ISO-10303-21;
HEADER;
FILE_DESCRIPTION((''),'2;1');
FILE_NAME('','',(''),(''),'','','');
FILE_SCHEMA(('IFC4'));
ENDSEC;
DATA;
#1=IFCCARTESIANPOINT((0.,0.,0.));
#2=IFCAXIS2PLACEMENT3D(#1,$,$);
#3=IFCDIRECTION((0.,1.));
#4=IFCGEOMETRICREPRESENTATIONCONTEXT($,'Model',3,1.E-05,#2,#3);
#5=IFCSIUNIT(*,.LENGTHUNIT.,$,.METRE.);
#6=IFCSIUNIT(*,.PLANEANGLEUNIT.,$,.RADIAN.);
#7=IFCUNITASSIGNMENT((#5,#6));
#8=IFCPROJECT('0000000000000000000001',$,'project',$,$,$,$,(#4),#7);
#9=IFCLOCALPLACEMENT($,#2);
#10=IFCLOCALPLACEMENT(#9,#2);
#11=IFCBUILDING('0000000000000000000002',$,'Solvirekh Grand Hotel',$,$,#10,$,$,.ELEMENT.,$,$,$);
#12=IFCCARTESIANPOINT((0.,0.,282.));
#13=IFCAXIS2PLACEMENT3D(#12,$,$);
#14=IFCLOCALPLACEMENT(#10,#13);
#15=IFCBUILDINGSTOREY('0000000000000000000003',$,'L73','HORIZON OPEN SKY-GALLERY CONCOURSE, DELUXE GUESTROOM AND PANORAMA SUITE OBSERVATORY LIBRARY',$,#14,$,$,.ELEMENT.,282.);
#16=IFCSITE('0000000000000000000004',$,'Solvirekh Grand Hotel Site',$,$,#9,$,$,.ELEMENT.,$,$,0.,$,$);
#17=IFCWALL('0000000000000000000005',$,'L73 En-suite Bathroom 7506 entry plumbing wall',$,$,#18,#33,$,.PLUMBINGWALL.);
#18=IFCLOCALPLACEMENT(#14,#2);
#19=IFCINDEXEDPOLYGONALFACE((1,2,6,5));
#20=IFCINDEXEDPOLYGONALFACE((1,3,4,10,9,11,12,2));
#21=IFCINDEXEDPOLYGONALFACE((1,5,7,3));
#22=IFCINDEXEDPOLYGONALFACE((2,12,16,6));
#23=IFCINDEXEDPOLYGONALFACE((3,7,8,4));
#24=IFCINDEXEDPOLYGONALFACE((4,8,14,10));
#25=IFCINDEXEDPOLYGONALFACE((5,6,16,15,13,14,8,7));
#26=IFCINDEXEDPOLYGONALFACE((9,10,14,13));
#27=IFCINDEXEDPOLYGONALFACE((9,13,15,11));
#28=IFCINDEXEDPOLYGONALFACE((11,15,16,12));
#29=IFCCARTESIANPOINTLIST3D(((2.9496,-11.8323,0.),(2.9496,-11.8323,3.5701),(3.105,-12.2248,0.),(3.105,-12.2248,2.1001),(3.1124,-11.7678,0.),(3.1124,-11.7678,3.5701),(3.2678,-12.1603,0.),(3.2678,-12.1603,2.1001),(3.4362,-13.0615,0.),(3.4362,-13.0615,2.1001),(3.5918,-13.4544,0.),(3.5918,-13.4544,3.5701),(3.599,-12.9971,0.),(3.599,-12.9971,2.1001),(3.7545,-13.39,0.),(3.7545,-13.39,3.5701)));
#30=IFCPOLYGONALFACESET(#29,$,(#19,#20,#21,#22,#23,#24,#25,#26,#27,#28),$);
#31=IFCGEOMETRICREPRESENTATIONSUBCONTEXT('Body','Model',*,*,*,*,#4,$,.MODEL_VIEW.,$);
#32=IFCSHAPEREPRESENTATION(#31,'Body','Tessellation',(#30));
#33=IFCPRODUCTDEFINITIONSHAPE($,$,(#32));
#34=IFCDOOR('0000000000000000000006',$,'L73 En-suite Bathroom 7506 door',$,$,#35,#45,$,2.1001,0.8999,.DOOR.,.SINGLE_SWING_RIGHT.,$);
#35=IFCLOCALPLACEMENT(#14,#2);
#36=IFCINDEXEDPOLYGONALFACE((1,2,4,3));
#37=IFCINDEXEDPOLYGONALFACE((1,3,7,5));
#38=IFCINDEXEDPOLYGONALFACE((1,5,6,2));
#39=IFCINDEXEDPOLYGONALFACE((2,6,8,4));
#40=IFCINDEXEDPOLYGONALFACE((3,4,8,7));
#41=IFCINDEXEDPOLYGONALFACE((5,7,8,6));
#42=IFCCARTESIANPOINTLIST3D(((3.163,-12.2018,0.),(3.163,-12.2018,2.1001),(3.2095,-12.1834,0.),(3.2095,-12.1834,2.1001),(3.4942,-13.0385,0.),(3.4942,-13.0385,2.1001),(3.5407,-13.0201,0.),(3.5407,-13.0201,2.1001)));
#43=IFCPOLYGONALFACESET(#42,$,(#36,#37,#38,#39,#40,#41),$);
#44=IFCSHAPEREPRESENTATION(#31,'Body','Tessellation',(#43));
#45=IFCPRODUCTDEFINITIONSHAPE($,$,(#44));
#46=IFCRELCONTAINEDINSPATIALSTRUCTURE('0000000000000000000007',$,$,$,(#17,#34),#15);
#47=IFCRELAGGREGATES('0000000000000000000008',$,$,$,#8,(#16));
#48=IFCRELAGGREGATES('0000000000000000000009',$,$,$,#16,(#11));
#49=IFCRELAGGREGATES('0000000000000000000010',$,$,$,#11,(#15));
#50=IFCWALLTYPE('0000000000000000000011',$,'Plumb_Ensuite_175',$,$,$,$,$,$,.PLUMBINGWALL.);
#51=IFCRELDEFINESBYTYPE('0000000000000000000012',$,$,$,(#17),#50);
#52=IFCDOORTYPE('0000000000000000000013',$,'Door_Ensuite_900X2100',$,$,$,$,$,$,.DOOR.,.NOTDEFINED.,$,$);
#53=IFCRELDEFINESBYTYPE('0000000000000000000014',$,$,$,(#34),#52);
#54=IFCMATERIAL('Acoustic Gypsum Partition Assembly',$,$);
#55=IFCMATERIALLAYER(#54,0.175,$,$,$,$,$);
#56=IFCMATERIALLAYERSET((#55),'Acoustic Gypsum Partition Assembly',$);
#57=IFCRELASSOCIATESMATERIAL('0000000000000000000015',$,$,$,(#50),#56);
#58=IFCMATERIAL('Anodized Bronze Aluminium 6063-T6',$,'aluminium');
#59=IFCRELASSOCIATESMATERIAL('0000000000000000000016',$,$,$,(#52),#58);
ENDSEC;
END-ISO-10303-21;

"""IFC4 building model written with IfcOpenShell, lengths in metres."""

from ifc_helpers import new_model, si_unit, direction, frame, frame_2d, origin, place, context, subcontext, project, spatial, rectangle, extrude, material, layer, layer_set, type_object, element, fill, save


model = new_model("IFC4")

# Units and contexts
model_context = context("Model", 3, precision=1e-05, world=origin(), true_north=direction((0.0, 1.0)))
body_context = subcontext(model_context, "Body", "Model", "MODEL_VIEW")
ifc_project = project(units=[si_unit("LENGTHUNIT", "METRE"), si_unit("PLANEANGLEUNIT", "RADIAN")], contexts=[model_context])

# Site, building, storey
site_placement = place(None, origin())
site = spatial("IfcSite", under=ifc_project, at=site_placement, Name="Solvirekh Grand Hotel Site", CompositionType="ELEMENT", RefElevation=0.0)
building_placement = place(site_placement, origin())
building = spatial("IfcBuilding", under=site, at=building_placement, Name="Solvirekh Grand Hotel", CompositionType="ELEMENT")
storey_placement = place(building_placement, frame((0.0, 0.0, 282.0)))
storey = spatial("IfcBuildingStorey", under=building, at=storey_placement, Name="L73", Description="HORIZON OPEN SKY-GALLERY CONCOURSE, DELUXE GUESTROOM AND PANORAMA SUITE OBSERVATORY LIBRARY", CompositionType="ELEMENT", Elevation=282.0)

# Shared definitions
ifc_material_1 = material(Name="Anodized Bronze Aluminium 6063-T6", Category="aluminium")

# Shared definitions
ifc_material_2 = material(Name="Acoustic Gypsum Partition Assembly")

# Shared definitions
ifc_layer_1 = layer(ifc_material_2, 0.175)
ifc_layer_set_1 = layer_set([ifc_layer_1], Name="Acoustic Gypsum Partition Assembly")
wall_type_1 = type_object("IfcWallType", Name="Plumb_Ensuite_175", PredefinedType="PLUMBINGWALL", material=ifc_layer_set_1)

# Wall, opening, door
wall_1_placement = place(storey_placement, frame((3.031, -11.8, 0.0), z_axis=(0.0, 0.0, 1.0), x_axis=(0.368059, -0.929803, 0.0)))
wall_1 = element("IfcWall", 1, at=wall_1_placement, inside=storey, type_object=wall_type_1, Name="L73 En-suite Bathroom 7506 entry plumbing wall", PredefinedType="PLUMBINGWALL", context=body_context, shape_type="SweptSolid", body=[
    extrude(rectangle(XDim=1.7446, YDim=0.175, at=frame_2d((0.8723, 0.0))), origin(), (0.0, 0.0, 1.0), 3.5701),
])
opening_1_placement = place(wall_1_placement, frame((0.4221, 0.0, 0.0)))
opening_1 = element("IfcOpeningElement", 2, at=opening_1_placement, cuts=wall_1, PredefinedType="OPENING", context=body_context, shape_type="SweptSolid", body=[
    extrude(rectangle(XDim=0.8999, YDim=2.1001, at=frame_2d((0.45, 1.05))), frame((0.0, 0.0977, 0.0), z_axis=(0.0, -1.0, 0.0), x_axis=(1.0, 0.0, 0.0)), (0.0, 0.0, 1.0), 0.1951),
])
door_type_1 = type_object("IfcDoorType", Name="Door_Ensuite_900X2100", OperationType="NOTDEFINED", PredefinedType="DOOR", material=ifc_material_1)
door_1_placement = place(opening_1_placement, origin())
door_1 = element("IfcDoor", 3, at=door_1_placement, inside=storey, type_object=door_type_1, Name="L73 En-suite Bathroom 7506 door", OperationType="SINGLE_SWING_RIGHT", OverallHeight=2.1001, OverallWidth=0.8999, PredefinedType="DOOR", context=body_context, shape_type="SweptSolid", body=[
    extrude(rectangle(XDim=0.8999, YDim=2.1001, at=frame_2d((0.45, 1.05))), frame((0.0, 0.0249, 0.0), z_axis=(0.0, -1.0, 0.0), x_axis=(1.0, 0.0, 0.0)), (0.0, 0.0, 1.0), 0.05),
])
fill(opening_1, door_1)

save(model, "model.ifc")
